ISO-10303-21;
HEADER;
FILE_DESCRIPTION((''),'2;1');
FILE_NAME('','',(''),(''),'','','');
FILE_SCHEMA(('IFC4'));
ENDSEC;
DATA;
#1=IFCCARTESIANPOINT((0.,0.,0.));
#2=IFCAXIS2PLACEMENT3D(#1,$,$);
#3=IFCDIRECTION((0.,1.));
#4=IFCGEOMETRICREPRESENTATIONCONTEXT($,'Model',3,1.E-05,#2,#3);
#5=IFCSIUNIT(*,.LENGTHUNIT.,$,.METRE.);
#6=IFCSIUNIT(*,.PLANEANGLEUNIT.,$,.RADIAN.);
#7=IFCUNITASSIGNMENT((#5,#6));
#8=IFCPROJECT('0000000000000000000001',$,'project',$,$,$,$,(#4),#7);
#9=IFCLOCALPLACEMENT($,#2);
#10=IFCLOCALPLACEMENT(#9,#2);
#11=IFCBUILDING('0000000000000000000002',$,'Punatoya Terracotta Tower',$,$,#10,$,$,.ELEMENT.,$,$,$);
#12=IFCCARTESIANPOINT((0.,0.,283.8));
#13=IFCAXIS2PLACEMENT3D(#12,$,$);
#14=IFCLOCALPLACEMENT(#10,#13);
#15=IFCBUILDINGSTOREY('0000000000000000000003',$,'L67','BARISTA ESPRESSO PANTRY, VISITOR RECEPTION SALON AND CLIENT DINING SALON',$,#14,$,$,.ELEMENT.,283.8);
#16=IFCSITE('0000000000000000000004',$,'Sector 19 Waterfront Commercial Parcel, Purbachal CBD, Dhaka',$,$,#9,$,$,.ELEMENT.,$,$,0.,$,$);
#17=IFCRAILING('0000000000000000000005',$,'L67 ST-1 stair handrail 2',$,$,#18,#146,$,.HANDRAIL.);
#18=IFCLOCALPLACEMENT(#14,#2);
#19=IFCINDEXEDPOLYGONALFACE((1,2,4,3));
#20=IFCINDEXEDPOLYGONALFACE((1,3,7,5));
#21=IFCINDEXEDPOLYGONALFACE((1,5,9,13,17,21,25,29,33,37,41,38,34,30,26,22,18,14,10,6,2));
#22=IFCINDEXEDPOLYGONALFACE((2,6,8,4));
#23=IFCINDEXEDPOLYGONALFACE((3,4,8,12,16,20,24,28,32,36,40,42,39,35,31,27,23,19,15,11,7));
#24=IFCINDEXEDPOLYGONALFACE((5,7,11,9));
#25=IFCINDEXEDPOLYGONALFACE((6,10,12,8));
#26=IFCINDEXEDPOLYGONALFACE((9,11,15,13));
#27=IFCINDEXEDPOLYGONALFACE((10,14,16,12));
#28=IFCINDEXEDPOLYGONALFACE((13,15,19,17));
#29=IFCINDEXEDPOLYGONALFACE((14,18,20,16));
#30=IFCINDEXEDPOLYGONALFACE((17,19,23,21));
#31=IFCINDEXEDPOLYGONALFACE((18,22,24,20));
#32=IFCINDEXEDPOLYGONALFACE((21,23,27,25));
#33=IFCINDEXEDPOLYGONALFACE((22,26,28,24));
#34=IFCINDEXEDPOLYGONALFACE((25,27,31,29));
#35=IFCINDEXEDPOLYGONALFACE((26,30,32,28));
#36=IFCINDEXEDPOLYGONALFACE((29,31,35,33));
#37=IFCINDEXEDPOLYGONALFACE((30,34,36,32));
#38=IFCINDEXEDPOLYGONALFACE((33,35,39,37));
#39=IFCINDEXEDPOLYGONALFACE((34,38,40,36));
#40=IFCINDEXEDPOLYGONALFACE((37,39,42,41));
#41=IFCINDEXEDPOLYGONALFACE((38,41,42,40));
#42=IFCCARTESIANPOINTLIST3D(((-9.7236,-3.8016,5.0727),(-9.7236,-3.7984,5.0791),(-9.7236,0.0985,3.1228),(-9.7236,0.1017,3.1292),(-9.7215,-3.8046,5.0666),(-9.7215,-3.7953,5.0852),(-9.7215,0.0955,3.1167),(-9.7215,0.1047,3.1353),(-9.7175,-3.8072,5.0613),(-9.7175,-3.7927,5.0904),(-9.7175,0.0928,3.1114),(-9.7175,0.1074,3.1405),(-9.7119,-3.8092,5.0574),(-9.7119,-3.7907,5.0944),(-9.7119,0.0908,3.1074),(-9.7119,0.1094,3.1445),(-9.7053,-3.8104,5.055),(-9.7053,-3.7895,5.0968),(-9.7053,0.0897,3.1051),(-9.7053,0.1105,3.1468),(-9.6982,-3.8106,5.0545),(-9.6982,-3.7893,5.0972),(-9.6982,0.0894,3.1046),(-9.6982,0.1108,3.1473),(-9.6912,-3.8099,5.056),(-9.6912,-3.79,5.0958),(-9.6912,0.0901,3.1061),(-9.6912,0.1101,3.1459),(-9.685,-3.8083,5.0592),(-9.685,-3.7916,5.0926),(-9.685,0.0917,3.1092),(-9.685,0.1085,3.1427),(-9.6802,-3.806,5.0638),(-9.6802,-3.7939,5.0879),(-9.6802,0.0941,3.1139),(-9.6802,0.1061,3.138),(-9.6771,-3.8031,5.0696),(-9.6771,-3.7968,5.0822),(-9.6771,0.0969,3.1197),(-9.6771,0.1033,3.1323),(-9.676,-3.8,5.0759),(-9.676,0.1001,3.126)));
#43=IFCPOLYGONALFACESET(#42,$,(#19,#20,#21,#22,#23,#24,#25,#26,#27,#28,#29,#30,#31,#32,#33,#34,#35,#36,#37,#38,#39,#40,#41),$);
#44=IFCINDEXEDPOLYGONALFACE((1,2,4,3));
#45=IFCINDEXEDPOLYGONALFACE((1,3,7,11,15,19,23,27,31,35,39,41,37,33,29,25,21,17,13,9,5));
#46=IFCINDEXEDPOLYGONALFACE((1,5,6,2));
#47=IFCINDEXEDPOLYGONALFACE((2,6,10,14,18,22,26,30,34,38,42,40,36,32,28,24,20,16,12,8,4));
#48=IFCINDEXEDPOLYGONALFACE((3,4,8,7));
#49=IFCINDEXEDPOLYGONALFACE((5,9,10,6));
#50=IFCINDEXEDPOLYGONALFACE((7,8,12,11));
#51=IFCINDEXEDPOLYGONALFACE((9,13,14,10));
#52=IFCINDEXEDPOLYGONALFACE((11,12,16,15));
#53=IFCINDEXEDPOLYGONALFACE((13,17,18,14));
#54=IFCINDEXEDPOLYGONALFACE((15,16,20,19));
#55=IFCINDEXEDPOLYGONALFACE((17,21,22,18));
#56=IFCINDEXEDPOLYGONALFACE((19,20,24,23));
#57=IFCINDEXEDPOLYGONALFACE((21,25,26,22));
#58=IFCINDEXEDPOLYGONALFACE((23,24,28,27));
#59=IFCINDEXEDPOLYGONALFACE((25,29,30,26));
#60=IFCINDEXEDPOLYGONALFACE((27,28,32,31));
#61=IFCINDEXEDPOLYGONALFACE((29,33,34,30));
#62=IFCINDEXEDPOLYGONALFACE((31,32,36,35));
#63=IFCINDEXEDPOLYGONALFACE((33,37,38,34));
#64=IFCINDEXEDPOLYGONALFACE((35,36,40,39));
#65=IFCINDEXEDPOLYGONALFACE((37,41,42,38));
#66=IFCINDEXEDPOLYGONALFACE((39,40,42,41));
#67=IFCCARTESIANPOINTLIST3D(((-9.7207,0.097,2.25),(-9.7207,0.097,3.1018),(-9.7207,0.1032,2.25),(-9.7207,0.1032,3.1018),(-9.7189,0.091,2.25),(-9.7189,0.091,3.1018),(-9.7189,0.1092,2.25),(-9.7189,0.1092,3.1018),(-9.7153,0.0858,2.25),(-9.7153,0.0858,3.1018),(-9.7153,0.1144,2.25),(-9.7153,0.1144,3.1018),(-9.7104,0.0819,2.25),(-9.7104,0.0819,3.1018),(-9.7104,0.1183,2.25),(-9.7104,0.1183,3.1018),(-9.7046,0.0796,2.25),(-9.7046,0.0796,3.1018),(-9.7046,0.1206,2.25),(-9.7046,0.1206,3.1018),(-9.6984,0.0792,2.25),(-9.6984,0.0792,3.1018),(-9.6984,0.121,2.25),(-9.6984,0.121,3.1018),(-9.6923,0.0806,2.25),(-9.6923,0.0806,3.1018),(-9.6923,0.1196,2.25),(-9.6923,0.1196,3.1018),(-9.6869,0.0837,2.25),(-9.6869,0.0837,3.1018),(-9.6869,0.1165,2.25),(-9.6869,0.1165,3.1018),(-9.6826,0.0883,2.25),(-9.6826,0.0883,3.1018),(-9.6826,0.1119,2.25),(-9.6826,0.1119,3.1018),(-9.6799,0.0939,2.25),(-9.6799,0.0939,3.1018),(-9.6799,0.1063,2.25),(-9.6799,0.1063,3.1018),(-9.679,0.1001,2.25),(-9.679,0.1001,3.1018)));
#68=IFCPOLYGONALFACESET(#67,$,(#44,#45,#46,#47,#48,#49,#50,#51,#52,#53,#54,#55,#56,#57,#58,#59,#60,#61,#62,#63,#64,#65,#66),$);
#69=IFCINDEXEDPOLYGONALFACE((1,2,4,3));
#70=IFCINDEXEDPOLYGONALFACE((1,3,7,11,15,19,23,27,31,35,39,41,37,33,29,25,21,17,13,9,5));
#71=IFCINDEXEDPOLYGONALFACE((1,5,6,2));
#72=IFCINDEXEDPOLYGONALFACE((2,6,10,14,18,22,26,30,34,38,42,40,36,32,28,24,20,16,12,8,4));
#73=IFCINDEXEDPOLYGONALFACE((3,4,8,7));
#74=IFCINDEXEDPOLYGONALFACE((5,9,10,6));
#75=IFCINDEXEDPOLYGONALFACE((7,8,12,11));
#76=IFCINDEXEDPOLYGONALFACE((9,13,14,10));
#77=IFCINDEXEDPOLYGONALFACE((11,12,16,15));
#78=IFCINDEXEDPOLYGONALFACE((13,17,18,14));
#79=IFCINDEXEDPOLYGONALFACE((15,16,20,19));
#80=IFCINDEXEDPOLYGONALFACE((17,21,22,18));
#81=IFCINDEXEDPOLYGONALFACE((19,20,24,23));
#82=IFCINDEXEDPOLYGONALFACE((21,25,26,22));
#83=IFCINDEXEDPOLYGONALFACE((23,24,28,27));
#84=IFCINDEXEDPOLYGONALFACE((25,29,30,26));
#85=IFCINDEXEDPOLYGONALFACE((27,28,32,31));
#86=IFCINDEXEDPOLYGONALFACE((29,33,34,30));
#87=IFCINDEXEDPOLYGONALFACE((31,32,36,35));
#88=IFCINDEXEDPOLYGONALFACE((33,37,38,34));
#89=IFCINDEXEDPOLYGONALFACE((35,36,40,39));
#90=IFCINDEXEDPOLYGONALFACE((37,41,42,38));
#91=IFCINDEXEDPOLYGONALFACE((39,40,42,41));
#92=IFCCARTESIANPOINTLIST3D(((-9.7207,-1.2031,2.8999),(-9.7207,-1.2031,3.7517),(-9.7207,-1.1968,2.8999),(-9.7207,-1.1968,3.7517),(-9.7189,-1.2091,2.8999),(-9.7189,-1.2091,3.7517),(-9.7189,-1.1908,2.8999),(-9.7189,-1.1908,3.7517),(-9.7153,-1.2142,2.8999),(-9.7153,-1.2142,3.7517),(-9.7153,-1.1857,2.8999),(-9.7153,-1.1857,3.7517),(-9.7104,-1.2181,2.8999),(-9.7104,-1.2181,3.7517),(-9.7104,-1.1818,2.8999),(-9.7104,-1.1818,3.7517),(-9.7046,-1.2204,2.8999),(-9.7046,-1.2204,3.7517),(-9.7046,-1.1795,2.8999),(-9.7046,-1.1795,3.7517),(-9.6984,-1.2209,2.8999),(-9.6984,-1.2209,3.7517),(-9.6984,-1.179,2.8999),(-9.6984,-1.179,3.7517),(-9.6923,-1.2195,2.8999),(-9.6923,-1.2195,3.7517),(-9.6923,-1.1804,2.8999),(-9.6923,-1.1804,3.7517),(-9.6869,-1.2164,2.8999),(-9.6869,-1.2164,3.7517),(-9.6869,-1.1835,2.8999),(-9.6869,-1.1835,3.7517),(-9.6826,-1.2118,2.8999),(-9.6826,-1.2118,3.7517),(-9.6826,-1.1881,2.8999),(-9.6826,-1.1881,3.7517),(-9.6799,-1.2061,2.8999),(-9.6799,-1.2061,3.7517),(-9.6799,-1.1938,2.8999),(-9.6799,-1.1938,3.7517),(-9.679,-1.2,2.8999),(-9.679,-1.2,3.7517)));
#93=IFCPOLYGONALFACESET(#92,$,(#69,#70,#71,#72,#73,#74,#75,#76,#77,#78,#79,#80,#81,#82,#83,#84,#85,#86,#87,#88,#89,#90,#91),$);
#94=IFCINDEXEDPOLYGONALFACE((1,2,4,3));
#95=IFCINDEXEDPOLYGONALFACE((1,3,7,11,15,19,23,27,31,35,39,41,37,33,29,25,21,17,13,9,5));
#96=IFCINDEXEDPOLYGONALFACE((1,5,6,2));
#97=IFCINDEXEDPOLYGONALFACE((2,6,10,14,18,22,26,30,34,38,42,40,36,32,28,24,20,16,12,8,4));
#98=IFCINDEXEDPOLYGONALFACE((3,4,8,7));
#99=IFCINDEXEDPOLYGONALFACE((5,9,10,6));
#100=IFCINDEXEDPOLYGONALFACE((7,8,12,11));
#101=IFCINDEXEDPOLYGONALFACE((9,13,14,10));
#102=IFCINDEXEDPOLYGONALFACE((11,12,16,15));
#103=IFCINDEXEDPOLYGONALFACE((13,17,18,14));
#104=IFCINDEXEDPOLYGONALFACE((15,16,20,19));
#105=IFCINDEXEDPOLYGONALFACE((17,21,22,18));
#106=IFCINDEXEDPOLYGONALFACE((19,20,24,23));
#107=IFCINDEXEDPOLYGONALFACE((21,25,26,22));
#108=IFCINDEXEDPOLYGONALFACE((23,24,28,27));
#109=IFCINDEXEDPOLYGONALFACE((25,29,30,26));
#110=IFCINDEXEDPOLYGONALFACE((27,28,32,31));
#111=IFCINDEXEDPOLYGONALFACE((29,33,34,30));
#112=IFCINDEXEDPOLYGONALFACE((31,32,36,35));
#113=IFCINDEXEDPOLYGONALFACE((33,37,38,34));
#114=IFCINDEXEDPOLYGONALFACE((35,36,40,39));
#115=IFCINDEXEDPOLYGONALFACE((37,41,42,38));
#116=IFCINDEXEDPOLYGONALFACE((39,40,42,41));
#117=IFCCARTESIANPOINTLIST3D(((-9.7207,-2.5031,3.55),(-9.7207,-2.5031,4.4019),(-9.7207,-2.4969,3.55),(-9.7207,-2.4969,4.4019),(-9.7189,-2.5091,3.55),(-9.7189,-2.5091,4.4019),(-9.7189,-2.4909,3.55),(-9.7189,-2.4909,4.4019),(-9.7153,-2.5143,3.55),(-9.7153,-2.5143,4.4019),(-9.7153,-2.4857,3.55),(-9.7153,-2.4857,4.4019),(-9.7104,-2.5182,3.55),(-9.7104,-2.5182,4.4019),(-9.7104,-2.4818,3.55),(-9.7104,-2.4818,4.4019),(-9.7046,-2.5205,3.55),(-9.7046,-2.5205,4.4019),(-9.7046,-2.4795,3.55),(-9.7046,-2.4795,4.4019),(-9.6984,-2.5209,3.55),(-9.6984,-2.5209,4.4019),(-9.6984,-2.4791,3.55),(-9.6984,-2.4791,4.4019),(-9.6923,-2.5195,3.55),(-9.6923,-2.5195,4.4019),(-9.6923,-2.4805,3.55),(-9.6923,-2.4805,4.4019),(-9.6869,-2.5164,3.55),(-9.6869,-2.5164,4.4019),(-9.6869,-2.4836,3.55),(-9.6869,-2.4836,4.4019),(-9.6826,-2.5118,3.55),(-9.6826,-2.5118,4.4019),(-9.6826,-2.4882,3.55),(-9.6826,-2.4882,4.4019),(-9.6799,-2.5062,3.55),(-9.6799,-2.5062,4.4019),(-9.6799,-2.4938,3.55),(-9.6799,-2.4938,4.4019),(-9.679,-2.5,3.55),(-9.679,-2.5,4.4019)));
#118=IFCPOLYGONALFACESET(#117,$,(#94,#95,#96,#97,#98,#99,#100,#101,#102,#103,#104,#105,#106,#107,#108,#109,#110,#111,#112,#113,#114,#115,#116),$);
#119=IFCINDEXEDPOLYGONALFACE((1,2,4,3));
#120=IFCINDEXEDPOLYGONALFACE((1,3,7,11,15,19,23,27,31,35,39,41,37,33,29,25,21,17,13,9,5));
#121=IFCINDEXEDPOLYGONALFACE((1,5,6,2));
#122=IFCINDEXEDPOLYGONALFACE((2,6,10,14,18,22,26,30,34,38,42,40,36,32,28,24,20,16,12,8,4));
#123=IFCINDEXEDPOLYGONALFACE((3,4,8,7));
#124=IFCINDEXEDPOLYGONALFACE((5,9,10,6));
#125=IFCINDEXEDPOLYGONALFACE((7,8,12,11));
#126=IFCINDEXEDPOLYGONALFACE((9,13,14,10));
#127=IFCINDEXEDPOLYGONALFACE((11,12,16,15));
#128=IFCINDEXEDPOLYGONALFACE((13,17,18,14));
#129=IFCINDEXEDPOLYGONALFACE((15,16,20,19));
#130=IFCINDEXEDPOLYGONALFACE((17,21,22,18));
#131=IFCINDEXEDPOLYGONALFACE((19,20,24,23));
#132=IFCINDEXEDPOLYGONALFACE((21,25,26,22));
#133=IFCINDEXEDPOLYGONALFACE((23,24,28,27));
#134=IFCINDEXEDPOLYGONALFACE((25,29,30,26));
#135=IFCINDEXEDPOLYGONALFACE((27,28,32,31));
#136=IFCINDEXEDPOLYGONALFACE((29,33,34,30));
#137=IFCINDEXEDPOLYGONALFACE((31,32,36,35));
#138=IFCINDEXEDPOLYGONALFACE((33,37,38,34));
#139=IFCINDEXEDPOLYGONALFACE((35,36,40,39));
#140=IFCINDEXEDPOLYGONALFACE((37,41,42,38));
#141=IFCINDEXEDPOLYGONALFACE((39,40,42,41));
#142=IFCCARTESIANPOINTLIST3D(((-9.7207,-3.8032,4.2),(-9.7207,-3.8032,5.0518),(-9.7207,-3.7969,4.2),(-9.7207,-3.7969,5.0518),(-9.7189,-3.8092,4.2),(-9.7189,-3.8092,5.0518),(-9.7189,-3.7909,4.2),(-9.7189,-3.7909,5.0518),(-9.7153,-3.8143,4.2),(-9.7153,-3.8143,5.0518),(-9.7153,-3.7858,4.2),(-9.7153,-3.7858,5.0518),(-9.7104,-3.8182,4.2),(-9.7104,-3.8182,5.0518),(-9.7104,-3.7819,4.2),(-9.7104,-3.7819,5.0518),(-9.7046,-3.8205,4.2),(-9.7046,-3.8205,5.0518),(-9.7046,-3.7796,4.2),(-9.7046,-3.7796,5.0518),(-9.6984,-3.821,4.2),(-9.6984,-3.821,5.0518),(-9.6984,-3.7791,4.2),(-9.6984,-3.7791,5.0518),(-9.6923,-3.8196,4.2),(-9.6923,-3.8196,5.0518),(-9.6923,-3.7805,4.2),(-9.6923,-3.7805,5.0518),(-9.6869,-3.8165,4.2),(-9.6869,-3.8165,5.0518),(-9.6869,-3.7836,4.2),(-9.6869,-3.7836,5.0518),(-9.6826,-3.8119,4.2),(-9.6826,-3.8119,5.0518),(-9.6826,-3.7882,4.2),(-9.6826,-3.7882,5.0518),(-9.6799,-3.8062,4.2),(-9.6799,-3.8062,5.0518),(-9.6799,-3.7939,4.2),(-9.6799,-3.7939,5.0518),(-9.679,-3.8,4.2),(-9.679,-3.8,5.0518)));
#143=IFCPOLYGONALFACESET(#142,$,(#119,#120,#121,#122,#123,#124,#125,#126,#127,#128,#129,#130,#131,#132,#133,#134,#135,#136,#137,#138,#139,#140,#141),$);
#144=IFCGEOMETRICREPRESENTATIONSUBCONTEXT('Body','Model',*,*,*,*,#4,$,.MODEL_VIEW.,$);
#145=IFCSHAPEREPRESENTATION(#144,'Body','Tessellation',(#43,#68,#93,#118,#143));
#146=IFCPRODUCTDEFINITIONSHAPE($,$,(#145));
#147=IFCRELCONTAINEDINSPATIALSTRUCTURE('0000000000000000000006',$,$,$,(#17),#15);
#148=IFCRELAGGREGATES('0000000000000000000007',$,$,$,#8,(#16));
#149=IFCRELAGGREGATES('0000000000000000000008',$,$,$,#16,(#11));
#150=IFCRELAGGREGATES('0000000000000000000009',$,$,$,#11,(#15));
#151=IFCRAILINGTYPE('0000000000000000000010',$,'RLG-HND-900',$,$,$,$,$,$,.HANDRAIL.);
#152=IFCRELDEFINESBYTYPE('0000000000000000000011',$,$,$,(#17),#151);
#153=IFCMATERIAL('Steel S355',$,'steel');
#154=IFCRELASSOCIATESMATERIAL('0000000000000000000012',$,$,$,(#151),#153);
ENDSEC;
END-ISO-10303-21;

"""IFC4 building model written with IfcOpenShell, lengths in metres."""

from ifc_helpers import new_model, si_unit, direction, frame, origin, origin_2d, place, context, subcontext, project, spatial, circle, extrude, material, type_object, element, save


model = new_model("IFC4")

# Units and contexts
model_context = context("Model", 3, precision=1e-05, world=origin(), true_north=direction((0.0, 1.0)))
body_context = subcontext(model_context, "Body", "Model", "MODEL_VIEW")
ifc_project = project(units=[si_unit("LENGTHUNIT", "METRE"), si_unit("PLANEANGLEUNIT", "RADIAN")], contexts=[model_context])

# Site, building, storey
site_placement = place(None, origin())
site = spatial("IfcSite", under=ifc_project, at=site_placement, Name="Sector 19 Waterfront Commercial Parcel, Purbachal CBD, Dhaka", CompositionType="ELEMENT", RefElevation=0.0)
building_placement = place(site_placement, origin())
building = spatial("IfcBuilding", under=site, at=building_placement, Name="Punatoya Terracotta Tower", CompositionType="ELEMENT")
storey_placement = place(building_placement, frame((0.0, 0.0, 283.8)))
storey = spatial("IfcBuildingStorey", under=building, at=storey_placement, Name="L67", Description="BARISTA ESPRESSO PANTRY, VISITOR RECEPTION SALON AND CLIENT DINING SALON", CompositionType="ELEMENT", Elevation=283.8)

# Shared definitions
ifc_material_1 = material(Name="Steel S355", Category="steel")

# Railing
railing_type_1 = type_object("IfcRailingType", Name="RLG-HND-900", PredefinedType="HANDRAIL", material=ifc_material_1)
railing_1_placement = place(storey_placement, frame((-9.7, 0.1001, 2.25)))
element("IfcRailing", 1, at=railing_1_placement, inside=storey, type_object=railing_type_1, Name="L67 ST-1 stair handrail 2", PredefinedType="HANDRAIL", context=body_context, shape_type="SweptSolid", body=[
    extrude(circle(Radius=0.0239, at=origin_2d()), frame((0.0, 0.0, 0.876), z_axis=(0.0, -0.894438, 0.447191), x_axis=(1.0, 0.0, 0.0)), (0.0, 0.0, 1.0), 4.3604),
    extrude(circle(Radius=0.021, at=origin_2d()), origin(), (0.0, 0.0, 1.0), 0.8518),
    extrude(circle(Radius=0.021, at=origin_2d()), frame((0.0, -1.3, 0.6499)), (0.0, 0.0, 1.0), 0.8518),
    extrude(circle(Radius=0.021, at=origin_2d()), frame((0.0, -2.6001, 1.3)), (0.0, 0.0, 1.0), 0.8518),
    extrude(circle(Radius=0.021, at=origin_2d()), frame((0.0, -3.9001, 1.95)), (0.0, 0.0, 1.0), 0.8518),
])

save(model, "model.ifc")
